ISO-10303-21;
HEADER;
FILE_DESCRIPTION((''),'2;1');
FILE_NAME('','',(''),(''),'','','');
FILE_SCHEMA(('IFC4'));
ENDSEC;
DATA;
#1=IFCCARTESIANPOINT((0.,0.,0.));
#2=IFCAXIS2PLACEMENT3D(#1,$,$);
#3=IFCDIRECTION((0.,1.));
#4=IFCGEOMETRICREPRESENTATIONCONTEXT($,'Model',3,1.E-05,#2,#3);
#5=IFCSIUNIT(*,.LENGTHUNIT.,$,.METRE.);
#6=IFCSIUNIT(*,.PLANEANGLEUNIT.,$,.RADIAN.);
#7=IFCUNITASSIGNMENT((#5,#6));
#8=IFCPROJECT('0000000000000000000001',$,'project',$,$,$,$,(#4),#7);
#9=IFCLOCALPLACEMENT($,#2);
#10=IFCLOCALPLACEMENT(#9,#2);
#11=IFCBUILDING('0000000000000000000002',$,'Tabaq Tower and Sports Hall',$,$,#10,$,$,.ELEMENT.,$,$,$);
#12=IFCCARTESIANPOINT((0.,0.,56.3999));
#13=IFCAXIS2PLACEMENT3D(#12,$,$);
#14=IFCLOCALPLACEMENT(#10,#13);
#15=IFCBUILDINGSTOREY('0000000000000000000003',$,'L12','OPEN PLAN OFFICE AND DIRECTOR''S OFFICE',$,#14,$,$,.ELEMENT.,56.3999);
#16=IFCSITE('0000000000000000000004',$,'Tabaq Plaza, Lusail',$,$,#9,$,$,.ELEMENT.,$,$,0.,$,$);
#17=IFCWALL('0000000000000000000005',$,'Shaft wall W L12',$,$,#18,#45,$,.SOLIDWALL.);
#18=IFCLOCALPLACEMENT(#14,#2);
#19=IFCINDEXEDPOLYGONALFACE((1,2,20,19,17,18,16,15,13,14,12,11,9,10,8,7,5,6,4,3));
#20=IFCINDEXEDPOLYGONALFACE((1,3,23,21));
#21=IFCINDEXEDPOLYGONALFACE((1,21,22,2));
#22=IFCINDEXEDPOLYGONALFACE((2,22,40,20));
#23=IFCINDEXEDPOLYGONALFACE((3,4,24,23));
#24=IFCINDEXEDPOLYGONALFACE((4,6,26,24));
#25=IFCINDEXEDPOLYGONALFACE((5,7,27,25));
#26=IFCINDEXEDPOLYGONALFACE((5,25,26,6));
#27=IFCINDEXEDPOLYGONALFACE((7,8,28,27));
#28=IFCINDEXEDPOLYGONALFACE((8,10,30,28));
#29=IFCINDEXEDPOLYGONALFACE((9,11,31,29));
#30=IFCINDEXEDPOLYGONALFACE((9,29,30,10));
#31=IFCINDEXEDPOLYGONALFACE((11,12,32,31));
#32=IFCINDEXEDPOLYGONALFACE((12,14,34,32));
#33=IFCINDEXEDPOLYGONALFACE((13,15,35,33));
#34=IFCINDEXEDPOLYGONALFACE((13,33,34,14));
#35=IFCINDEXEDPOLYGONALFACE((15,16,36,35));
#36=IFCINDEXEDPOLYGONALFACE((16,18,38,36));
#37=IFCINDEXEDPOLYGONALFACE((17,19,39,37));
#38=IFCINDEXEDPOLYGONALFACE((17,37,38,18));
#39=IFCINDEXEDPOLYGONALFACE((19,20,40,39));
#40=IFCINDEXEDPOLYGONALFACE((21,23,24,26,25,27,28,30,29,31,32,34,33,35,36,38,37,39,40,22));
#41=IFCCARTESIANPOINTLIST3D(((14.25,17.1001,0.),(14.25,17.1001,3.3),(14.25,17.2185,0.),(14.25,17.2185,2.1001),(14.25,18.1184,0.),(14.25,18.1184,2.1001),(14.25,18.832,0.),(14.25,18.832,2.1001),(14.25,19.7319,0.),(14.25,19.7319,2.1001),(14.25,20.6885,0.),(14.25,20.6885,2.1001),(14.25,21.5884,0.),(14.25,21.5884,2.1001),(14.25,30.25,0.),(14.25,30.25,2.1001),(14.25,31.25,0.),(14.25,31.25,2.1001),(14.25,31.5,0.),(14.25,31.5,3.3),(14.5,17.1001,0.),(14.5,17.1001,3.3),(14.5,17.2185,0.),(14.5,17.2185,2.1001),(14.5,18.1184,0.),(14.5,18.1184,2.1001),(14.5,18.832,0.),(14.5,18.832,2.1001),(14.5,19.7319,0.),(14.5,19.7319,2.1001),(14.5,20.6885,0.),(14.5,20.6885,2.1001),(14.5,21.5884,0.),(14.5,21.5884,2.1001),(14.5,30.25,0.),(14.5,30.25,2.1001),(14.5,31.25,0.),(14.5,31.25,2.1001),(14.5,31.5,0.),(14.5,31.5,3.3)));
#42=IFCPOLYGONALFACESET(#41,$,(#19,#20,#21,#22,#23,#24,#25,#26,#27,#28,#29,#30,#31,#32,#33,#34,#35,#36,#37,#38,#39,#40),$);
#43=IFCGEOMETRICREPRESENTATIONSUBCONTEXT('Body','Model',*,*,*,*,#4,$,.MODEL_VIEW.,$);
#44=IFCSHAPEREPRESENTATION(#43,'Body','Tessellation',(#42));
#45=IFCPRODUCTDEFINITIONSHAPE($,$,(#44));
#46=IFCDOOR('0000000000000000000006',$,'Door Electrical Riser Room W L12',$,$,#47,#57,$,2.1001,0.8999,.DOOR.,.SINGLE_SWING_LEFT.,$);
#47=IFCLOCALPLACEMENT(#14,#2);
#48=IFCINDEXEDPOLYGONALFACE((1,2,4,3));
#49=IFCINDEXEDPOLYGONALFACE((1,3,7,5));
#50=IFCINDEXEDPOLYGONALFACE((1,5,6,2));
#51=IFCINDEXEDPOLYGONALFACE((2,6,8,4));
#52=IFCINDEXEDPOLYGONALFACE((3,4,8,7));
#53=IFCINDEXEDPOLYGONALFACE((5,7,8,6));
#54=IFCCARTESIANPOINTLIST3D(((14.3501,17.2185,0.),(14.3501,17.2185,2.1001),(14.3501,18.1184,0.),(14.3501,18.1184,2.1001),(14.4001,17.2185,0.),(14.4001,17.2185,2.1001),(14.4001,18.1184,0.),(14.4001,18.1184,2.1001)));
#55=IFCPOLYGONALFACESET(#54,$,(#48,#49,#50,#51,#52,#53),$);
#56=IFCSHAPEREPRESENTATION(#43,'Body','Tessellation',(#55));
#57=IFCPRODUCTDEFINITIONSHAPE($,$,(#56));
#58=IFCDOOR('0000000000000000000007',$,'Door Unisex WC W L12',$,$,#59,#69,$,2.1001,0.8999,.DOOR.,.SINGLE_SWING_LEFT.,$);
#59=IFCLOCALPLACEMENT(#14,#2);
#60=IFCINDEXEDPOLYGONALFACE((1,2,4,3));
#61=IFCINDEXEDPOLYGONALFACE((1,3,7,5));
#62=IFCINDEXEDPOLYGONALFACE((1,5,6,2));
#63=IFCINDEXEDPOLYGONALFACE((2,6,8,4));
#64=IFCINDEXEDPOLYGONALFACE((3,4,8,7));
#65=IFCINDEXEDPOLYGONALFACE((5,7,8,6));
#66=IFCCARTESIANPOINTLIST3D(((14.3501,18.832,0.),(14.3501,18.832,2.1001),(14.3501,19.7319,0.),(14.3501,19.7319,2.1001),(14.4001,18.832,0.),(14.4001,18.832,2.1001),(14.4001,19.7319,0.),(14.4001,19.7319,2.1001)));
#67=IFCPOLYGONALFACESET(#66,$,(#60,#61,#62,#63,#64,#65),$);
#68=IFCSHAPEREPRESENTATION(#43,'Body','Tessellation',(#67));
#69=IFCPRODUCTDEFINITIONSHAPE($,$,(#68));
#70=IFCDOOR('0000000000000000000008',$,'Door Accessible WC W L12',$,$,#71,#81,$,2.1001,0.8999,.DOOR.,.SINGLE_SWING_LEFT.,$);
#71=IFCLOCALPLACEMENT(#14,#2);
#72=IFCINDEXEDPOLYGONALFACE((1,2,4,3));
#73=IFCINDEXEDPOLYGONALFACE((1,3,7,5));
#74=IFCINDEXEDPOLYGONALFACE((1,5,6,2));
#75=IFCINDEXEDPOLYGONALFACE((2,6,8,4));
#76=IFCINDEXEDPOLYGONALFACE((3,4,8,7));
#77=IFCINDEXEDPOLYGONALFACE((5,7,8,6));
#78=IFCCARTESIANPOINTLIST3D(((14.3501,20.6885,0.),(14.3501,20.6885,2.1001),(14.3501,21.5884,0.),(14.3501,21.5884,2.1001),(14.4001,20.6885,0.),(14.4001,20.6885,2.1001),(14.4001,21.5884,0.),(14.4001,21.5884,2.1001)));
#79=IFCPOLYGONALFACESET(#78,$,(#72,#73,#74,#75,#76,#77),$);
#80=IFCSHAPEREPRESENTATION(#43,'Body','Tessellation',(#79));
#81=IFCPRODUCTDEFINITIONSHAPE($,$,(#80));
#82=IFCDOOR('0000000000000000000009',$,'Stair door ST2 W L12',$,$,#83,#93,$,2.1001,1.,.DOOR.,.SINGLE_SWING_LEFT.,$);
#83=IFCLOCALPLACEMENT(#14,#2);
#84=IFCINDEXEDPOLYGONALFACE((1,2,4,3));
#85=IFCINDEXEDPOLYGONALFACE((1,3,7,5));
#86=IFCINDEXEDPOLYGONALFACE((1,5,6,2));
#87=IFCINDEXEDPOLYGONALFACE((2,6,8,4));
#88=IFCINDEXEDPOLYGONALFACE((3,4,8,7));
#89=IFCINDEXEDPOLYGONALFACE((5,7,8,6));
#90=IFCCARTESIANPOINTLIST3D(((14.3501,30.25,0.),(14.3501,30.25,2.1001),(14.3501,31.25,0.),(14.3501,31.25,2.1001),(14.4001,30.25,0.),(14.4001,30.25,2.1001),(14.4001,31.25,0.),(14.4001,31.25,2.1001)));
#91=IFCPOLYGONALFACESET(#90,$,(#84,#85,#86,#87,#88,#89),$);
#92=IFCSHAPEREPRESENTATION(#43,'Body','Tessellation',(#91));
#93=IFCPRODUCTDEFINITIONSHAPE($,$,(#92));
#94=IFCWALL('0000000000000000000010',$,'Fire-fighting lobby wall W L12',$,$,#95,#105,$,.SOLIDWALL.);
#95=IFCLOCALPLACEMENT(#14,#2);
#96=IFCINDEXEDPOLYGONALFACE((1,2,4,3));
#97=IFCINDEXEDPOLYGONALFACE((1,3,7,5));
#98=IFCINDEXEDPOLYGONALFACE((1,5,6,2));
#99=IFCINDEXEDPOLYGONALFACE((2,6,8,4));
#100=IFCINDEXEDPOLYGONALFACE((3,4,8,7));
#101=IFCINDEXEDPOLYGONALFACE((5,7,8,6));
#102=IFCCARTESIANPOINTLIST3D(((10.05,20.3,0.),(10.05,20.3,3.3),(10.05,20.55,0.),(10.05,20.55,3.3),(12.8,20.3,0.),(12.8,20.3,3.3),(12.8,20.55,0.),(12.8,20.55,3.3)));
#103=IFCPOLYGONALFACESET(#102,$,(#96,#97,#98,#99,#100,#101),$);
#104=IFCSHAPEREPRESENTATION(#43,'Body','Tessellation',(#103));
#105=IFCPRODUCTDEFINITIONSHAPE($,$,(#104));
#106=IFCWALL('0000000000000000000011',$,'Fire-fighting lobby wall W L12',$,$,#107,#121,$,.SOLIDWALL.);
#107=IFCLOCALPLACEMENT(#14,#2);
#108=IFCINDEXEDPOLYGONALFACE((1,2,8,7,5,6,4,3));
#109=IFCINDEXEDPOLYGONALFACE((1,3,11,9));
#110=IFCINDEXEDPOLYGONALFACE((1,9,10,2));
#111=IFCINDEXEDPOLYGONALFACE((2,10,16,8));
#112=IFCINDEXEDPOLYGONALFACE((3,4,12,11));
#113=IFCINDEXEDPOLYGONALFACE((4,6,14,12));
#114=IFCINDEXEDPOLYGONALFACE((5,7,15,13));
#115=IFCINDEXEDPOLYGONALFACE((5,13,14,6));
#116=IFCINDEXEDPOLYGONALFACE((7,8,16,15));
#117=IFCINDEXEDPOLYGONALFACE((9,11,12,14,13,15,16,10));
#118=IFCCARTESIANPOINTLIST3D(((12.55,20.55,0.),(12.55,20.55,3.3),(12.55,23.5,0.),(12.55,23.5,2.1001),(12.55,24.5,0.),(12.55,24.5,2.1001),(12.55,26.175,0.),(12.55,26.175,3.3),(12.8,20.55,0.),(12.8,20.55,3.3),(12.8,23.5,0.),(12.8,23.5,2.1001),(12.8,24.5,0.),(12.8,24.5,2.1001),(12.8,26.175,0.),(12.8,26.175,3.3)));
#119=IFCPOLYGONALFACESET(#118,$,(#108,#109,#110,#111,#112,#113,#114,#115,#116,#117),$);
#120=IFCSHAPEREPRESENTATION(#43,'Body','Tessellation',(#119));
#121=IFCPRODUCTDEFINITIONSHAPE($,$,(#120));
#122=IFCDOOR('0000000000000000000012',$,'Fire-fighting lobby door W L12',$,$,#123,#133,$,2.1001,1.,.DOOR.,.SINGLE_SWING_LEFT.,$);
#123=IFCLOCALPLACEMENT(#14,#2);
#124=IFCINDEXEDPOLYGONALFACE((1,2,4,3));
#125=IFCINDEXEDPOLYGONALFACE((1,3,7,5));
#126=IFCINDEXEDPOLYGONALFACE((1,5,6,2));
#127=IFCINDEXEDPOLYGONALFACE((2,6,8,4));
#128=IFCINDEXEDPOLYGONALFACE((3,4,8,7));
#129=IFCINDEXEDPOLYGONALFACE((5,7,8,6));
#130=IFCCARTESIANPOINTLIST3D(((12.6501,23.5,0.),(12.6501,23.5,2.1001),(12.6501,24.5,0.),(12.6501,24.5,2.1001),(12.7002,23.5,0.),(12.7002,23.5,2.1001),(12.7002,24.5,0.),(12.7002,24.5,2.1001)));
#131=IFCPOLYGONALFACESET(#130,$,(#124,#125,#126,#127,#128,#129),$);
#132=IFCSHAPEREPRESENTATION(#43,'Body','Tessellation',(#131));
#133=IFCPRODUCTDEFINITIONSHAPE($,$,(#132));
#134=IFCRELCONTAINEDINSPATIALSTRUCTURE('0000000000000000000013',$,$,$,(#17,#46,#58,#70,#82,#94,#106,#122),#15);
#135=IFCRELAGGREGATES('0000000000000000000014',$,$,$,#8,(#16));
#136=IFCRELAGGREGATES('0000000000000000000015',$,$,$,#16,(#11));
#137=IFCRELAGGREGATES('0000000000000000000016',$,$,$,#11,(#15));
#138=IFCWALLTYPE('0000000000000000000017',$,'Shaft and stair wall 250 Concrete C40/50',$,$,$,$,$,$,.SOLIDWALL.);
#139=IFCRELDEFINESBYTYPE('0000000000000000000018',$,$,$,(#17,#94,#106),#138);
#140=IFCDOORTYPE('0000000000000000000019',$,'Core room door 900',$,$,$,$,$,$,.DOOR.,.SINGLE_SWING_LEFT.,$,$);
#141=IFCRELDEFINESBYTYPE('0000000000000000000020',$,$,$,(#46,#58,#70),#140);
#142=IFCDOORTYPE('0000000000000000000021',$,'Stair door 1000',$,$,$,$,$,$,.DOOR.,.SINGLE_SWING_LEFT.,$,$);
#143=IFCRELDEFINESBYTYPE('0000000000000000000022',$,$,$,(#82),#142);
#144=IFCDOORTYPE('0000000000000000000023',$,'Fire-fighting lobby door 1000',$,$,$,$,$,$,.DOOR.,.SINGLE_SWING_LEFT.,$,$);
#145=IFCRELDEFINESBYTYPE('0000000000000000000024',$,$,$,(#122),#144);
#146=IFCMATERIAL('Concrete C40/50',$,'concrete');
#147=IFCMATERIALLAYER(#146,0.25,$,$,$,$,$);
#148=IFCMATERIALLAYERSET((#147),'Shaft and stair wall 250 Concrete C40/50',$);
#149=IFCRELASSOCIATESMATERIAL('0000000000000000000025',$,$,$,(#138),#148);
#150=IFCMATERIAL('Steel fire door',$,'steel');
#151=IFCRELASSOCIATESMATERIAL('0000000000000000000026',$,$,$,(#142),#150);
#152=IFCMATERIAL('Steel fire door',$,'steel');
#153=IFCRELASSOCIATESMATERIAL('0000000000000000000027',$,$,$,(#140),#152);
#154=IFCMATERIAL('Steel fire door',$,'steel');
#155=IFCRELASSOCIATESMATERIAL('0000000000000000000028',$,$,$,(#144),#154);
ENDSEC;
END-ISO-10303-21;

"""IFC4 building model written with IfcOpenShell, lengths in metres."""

from ifc_helpers import new_model, si_unit, direction, frame, frame_2d, origin, place, context, subcontext, project, spatial, rectangle, extrude, material, layer, layer_set, type_object, element, fill, save


model = new_model("IFC4")

# Units and contexts
model_context = context("Model", 3, precision=1e-05, world=origin(), true_north=direction((0.0, 1.0)))
body_context = subcontext(model_context, "Body", "Model", "MODEL_VIEW")
ifc_project = project(units=[si_unit("LENGTHUNIT", "METRE"), si_unit("PLANEANGLEUNIT", "RADIAN")], contexts=[model_context])

# Site, building, storey
site_placement = place(None, origin())
site = spatial("IfcSite", under=ifc_project, at=site_placement, Name="Tabaq Plaza, Lusail", CompositionType="ELEMENT", RefElevation=0.0)
building_placement = place(site_placement, origin())
building = spatial("IfcBuilding", under=site, at=building_placement, Name="Tabaq Tower and Sports Hall", CompositionType="ELEMENT")
storey_placement = place(building_placement, frame((0.0, 0.0, 56.3999)))
storey = spatial("IfcBuildingStorey", under=building, at=storey_placement, Name="L12", Description="OPEN PLAN OFFICE AND DIRECTOR'S OFFICE", CompositionType="ELEMENT", Elevation=56.3999)

# Wall, openings, doors
ifc_material_1 = material(Name="Concrete C40/50", Category="concrete")
ifc_layer_1 = layer(ifc_material_1, 0.25)
ifc_layer_set_1 = layer_set([ifc_layer_1], Name="Shaft and stair wall 250 Concrete C40/50")
wall_type_1 = type_object("IfcWallType", Name="Shaft and stair wall 250 Concrete C40/50", PredefinedType="SOLIDWALL", material=ifc_layer_set_1)
ifc_material_2 = material(Name="Steel fire door", Category="steel")
door_type_1 = type_object("IfcDoorType", Name="Stair door 1000", OperationType="SINGLE_SWING_LEFT", PredefinedType="DOOR", material=ifc_material_2)
wall_1_placement = place(storey_placement, frame((14.375, 17.1001, 0.0), z_axis=(0.0, 0.0, 1.0), x_axis=(0.0, 1.0, 0.0)))
wall_1 = element("IfcWall", 1, at=wall_1_placement, inside=storey, type_object=wall_type_1, Name="Shaft wall W L12", PredefinedType="SOLIDWALL", context=body_context, shape_type="SweptSolid", body=[
    extrude(rectangle(XDim=14.3999, YDim=0.25, at=frame_2d((7.2, 0.0))), origin(), (0.0, 0.0, 1.0), 3.3),
])
opening_1_placement = place(wall_1_placement, frame((13.1499, 0.0, 0.0)))
opening_1 = element("IfcOpeningElement", 2, at=opening_1_placement, cuts=wall_1, PredefinedType="OPENING", context=body_context, shape_type="SweptSolid", body=[
    extrude(rectangle(XDim=1.0, YDim=2.1001, at=frame_2d((0.5, 1.05))), frame((0.0, 0.125, 0.0), z_axis=(0.0, -1.0, 0.0), x_axis=(1.0, 0.0, 0.0)), (0.0, 0.0, 1.0), 0.25),
])
opening_2_placement = place(wall_1_placement, frame((0.1184, 0.0, 0.0)))
opening_2 = element("IfcOpeningElement", 3, at=opening_2_placement, cuts=wall_1, PredefinedType="OPENING", context=body_context, shape_type="SweptSolid", body=[
    extrude(rectangle(XDim=0.8999, YDim=2.1001, at=frame_2d((0.45, 1.05))), frame((0.0, 0.125, 0.0), z_axis=(0.0, -1.0, 0.0), x_axis=(1.0, 0.0, 0.0)), (0.0, 0.0, 1.0), 0.25),
])
opening_3_placement = place(wall_1_placement, frame((1.7319, 0.0, 0.0)))
opening_3 = element("IfcOpeningElement", 4, at=opening_3_placement, cuts=wall_1, PredefinedType="OPENING", context=body_context, shape_type="SweptSolid", body=[
    extrude(rectangle(XDim=0.8999, YDim=2.1001, at=frame_2d((0.45, 1.05))), frame((0.0, 0.125, 0.0), z_axis=(0.0, -1.0, 0.0), x_axis=(1.0, 0.0, 0.0)), (0.0, 0.0, 1.0), 0.25),
])
opening_4_placement = place(wall_1_placement, frame((3.5884, 0.0, 0.0)))
opening_4 = element("IfcOpeningElement", 5, at=opening_4_placement, cuts=wall_1, PredefinedType="OPENING", context=body_context, shape_type="SweptSolid", body=[
    extrude(rectangle(XDim=0.8999, YDim=2.1001, at=frame_2d((0.45, 1.05))), frame((0.0, 0.125, 0.0), z_axis=(0.0, -1.0, 0.0), x_axis=(1.0, 0.0, 0.0)), (0.0, 0.0, 1.0), 0.25),
])
ifc_material_3 = material(Name="Steel fire door", Category="steel")
door_type_2 = type_object("IfcDoorType", Name="Core room door 900", OperationType="SINGLE_SWING_LEFT", PredefinedType="DOOR", material=ifc_material_3)
door_1_placement = place(opening_2_placement, origin())
door_1 = element("IfcDoor", 6, at=door_1_placement, inside=storey, type_object=door_type_2, Name="Door Electrical Riser Room W L12", OperationType="SINGLE_SWING_LEFT", OverallHeight=2.1001, OverallWidth=0.8999, PredefinedType="DOOR", context=body_context, shape_type="SweptSolid", body=[
    extrude(rectangle(XDim=0.8999, YDim=2.1001, at=frame_2d((0.45, 1.05))), frame((0.0, 0.0249, 0.0), z_axis=(0.0, -1.0, 0.0), x_axis=(1.0, 0.0, 0.0)), (0.0, 0.0, 1.0), 0.05),
])
fill(opening_2, door_1)
door_2_placement = place(opening_3_placement, origin())
door_2 = element("IfcDoor", 7, at=door_2_placement, inside=storey, type_object=door_type_2, Name="Door Unisex WC W L12", OperationType="SINGLE_SWING_LEFT", OverallHeight=2.1001, OverallWidth=0.8999, PredefinedType="DOOR", context=body_context, shape_type="SweptSolid", body=[
    extrude(rectangle(XDim=0.8999, YDim=2.1001, at=frame_2d((0.45, 1.05))), frame((0.0, 0.0249, 0.0), z_axis=(0.0, -1.0, 0.0), x_axis=(1.0, 0.0, 0.0)), (0.0, 0.0, 1.0), 0.05),
])
fill(opening_3, door_2)
door_3_placement = place(opening_4_placement, origin())
door_3 = element("IfcDoor", 8, at=door_3_placement, inside=storey, type_object=door_type_2, Name="Door Accessible WC W L12", OperationType="SINGLE_SWING_LEFT", OverallHeight=2.1001, OverallWidth=0.8999, PredefinedType="DOOR", context=body_context, shape_type="SweptSolid", body=[
    extrude(rectangle(XDim=0.8999, YDim=2.1001, at=frame_2d((0.45, 1.05))), frame((0.0, 0.0249, 0.0), z_axis=(0.0, -1.0, 0.0), x_axis=(1.0, 0.0, 0.0)), (0.0, 0.0, 1.0), 0.05),
])
fill(opening_4, door_3)
door_4_placement = place(opening_1_placement, origin())
door_4 = element("IfcDoor", 9, at=door_4_placement, inside=storey, type_object=door_type_1, Name="Stair door ST2 W L12", OperationType="SINGLE_SWING_LEFT", OverallHeight=2.1001, OverallWidth=1.0, PredefinedType="DOOR", context=body_context, shape_type="SweptSolid", body=[
    extrude(rectangle(XDim=1.0, YDim=2.1001, at=frame_2d((0.5, 1.05))), frame((0.0, 0.0249, 0.0), z_axis=(0.0, -1.0, 0.0), x_axis=(1.0, 0.0, 0.0)), (0.0, 0.0, 1.0), 0.05),
])
fill(opening_1, door_4)

# Wall
wall_2_placement = place(storey_placement, frame((10.05, 20.425, 0.0), z_axis=(0.0, 0.0, 1.0), x_axis=(1.0, 0.0, 0.0)))
element("IfcWall", 10, at=wall_2_placement, inside=storey, type_object=wall_type_1, Name="Fire-fighting lobby wall W L12", PredefinedType="SOLIDWALL", context=body_context, shape_type="SweptSolid", body=[
    extrude(rectangle(XDim=2.75, YDim=0.25, at=frame_2d((1.375, 0.0))), origin(), (0.0, 0.0, 1.0), 3.3),
])

# Wall, opening, door
wall_3_placement = place(storey_placement, frame((12.675, 20.55, 0.0), z_axis=(0.0, 0.0, 1.0), x_axis=(0.0, 1.0, 0.0)))
wall_3 = element("IfcWall", 11, at=wall_3_placement, inside=storey, type_object=wall_type_1, Name="Fire-fighting lobby wall W L12", PredefinedType="SOLIDWALL", context=body_context, shape_type="SweptSolid", body=[
    extrude(rectangle(XDim=5.625, YDim=0.25, at=frame_2d((2.8125, 0.0))), origin(), (0.0, 0.0, 1.0), 3.3),
])
opening_5_placement = place(wall_3_placement, frame((2.95, 0.0, 0.0)))
opening_5 = element("IfcOpeningElement", 12, at=opening_5_placement, cuts=wall_3, PredefinedType="OPENING", context=body_context, shape_type="SweptSolid", body=[
    extrude(rectangle(XDim=1.0, YDim=2.1001, at=frame_2d((0.5, 1.05))), frame((0.0, 0.125, 0.0), z_axis=(0.0, -1.0, 0.0), x_axis=(1.0, 0.0, 0.0)), (0.0, 0.0, 1.0), 0.25),
])
ifc_material_4 = material(Name="Steel fire door", Category="steel")
door_type_3 = type_object("IfcDoorType", Name="Fire-fighting lobby door 1000", OperationType="SINGLE_SWING_LEFT", PredefinedType="DOOR", material=ifc_material_4)
door_5_placement = place(opening_5_placement, origin())
door_5 = element("IfcDoor", 13, at=door_5_placement, inside=storey, type_object=door_type_3, Name="Fire-fighting lobby door W L12", OperationType="SINGLE_SWING_LEFT", OverallHeight=2.1001, OverallWidth=1.0, PredefinedType="DOOR", context=body_context, shape_type="SweptSolid", body=[
    extrude(rectangle(XDim=1.0, YDim=2.1001, at=frame_2d((0.5, 1.05))), frame((0.0, 0.0249, 0.0), z_axis=(0.0, -1.0, 0.0), x_axis=(1.0, 0.0, 0.0)), (0.0, 0.0, 1.0), 0.05),
])
fill(opening_5, door_5)

save(model, "model.ifc")
